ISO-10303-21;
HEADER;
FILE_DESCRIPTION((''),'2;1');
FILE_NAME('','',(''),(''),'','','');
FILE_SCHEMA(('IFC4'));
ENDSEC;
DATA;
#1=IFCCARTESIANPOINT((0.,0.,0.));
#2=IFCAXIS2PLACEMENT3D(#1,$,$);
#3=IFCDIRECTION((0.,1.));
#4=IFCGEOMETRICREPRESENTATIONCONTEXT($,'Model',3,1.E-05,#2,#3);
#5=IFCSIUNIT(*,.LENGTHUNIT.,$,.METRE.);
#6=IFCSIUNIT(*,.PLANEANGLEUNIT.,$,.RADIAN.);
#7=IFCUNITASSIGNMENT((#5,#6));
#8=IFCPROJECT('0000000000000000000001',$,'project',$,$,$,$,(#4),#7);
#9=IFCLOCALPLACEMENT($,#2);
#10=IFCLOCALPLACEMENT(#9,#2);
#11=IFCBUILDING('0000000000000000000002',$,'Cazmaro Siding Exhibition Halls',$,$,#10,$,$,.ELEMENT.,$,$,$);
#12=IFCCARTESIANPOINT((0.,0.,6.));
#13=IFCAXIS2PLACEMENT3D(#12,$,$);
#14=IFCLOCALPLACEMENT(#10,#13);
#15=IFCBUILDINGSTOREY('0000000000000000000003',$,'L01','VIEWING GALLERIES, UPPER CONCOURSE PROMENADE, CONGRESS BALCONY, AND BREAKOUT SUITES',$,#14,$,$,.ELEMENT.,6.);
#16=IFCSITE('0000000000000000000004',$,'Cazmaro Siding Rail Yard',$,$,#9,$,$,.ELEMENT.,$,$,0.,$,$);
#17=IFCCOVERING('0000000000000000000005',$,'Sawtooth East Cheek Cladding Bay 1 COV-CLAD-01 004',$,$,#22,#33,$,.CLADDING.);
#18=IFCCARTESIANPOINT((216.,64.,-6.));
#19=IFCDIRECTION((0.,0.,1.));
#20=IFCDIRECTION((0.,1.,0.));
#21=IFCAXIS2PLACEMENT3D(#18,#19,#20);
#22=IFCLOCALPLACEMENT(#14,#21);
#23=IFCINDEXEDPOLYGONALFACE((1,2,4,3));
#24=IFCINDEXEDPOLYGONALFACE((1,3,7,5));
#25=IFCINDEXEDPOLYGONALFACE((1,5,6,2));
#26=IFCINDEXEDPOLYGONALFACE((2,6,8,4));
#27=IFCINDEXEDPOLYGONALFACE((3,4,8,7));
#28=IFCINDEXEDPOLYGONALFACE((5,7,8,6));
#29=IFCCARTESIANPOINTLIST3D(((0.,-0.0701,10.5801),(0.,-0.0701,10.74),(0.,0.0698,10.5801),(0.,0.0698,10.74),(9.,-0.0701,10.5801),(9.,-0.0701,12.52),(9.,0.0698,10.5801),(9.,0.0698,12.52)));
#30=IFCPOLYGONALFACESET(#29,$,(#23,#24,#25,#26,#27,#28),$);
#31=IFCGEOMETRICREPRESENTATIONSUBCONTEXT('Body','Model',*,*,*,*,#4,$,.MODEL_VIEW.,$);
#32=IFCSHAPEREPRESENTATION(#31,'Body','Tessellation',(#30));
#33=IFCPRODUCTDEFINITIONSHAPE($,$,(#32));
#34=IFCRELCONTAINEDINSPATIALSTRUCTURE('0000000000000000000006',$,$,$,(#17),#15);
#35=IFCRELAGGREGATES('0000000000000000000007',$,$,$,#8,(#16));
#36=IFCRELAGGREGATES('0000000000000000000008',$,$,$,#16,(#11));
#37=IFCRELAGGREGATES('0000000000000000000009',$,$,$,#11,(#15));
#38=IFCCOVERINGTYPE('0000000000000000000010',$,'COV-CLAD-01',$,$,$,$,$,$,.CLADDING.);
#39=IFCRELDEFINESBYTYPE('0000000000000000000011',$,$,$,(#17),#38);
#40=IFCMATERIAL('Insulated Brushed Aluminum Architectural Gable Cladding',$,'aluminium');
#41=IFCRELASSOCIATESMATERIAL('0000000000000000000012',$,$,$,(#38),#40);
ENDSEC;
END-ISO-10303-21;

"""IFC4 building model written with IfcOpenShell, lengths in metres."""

from ifc_helpers import new_model, si_unit, direction, frame, origin, place, context, subcontext, project, spatial, polyline, outline, extrude, material, type_object, element, save


model = new_model("IFC4")

# Units and contexts
model_context = context("Model", 3, precision=1e-05, world=origin(), true_north=direction((0.0, 1.0)))
body_context = subcontext(model_context, "Body", "Model", "MODEL_VIEW")
ifc_project = project(units=[si_unit("LENGTHUNIT", "METRE"), si_unit("PLANEANGLEUNIT", "RADIAN")], contexts=[model_context])

# Site, building, storey
site_placement = place(None, origin())
site = spatial("IfcSite", under=ifc_project, at=site_placement, Name="Cazmaro Siding Rail Yard", CompositionType="ELEMENT", RefElevation=0.0)
building_placement = place(site_placement, origin())
building = spatial("IfcBuilding", under=site, at=building_placement, Name="Cazmaro Siding Exhibition Halls", CompositionType="ELEMENT")
storey_placement = place(building_placement, frame((0.0, 0.0, 6.0)))
storey = spatial("IfcBuildingStorey", under=building, at=storey_placement, Name="L01", Description="VIEWING GALLERIES, UPPER CONCOURSE PROMENADE, CONGRESS BALCONY, AND BREAKOUT SUITES", CompositionType="ELEMENT", Elevation=6.0)

# Covering
ifc_material_1 = material(Name="Insulated Brushed Aluminum Architectural Gable Cladding", Category="aluminium")
covering_type = type_object("IfcCoveringType", Name="COV-CLAD-01", PredefinedType="CLADDING", material=ifc_material_1)
covering_placement = place(storey_placement, frame((216.0, 64.0, -6.0), z_axis=(0.0, 0.0, 1.0), x_axis=(0.0, 1.0, 0.0)))
element("IfcCovering", 1, at=covering_placement, inside=storey, type_object=covering_type, Name="Sawtooth East Cheek Cladding Bay 1 COV-CLAD-01 004", PredefinedType="CLADDING", context=body_context, shape_type="SweptSolid", body=[
    extrude(outline(polyline([(0.0, 10.5801), (9.0, 10.5801), (9.0, 12.52), (0.0, 10.74), (0.0, 10.5801)])), frame((0.0, 0.0698, 0.0), z_axis=(0.0, -1.0, 0.0), x_axis=(1.0, 0.0, 0.0)), (0.0, 0.0, 1.0), 0.1399),
])

save(model, "model.ifc")
